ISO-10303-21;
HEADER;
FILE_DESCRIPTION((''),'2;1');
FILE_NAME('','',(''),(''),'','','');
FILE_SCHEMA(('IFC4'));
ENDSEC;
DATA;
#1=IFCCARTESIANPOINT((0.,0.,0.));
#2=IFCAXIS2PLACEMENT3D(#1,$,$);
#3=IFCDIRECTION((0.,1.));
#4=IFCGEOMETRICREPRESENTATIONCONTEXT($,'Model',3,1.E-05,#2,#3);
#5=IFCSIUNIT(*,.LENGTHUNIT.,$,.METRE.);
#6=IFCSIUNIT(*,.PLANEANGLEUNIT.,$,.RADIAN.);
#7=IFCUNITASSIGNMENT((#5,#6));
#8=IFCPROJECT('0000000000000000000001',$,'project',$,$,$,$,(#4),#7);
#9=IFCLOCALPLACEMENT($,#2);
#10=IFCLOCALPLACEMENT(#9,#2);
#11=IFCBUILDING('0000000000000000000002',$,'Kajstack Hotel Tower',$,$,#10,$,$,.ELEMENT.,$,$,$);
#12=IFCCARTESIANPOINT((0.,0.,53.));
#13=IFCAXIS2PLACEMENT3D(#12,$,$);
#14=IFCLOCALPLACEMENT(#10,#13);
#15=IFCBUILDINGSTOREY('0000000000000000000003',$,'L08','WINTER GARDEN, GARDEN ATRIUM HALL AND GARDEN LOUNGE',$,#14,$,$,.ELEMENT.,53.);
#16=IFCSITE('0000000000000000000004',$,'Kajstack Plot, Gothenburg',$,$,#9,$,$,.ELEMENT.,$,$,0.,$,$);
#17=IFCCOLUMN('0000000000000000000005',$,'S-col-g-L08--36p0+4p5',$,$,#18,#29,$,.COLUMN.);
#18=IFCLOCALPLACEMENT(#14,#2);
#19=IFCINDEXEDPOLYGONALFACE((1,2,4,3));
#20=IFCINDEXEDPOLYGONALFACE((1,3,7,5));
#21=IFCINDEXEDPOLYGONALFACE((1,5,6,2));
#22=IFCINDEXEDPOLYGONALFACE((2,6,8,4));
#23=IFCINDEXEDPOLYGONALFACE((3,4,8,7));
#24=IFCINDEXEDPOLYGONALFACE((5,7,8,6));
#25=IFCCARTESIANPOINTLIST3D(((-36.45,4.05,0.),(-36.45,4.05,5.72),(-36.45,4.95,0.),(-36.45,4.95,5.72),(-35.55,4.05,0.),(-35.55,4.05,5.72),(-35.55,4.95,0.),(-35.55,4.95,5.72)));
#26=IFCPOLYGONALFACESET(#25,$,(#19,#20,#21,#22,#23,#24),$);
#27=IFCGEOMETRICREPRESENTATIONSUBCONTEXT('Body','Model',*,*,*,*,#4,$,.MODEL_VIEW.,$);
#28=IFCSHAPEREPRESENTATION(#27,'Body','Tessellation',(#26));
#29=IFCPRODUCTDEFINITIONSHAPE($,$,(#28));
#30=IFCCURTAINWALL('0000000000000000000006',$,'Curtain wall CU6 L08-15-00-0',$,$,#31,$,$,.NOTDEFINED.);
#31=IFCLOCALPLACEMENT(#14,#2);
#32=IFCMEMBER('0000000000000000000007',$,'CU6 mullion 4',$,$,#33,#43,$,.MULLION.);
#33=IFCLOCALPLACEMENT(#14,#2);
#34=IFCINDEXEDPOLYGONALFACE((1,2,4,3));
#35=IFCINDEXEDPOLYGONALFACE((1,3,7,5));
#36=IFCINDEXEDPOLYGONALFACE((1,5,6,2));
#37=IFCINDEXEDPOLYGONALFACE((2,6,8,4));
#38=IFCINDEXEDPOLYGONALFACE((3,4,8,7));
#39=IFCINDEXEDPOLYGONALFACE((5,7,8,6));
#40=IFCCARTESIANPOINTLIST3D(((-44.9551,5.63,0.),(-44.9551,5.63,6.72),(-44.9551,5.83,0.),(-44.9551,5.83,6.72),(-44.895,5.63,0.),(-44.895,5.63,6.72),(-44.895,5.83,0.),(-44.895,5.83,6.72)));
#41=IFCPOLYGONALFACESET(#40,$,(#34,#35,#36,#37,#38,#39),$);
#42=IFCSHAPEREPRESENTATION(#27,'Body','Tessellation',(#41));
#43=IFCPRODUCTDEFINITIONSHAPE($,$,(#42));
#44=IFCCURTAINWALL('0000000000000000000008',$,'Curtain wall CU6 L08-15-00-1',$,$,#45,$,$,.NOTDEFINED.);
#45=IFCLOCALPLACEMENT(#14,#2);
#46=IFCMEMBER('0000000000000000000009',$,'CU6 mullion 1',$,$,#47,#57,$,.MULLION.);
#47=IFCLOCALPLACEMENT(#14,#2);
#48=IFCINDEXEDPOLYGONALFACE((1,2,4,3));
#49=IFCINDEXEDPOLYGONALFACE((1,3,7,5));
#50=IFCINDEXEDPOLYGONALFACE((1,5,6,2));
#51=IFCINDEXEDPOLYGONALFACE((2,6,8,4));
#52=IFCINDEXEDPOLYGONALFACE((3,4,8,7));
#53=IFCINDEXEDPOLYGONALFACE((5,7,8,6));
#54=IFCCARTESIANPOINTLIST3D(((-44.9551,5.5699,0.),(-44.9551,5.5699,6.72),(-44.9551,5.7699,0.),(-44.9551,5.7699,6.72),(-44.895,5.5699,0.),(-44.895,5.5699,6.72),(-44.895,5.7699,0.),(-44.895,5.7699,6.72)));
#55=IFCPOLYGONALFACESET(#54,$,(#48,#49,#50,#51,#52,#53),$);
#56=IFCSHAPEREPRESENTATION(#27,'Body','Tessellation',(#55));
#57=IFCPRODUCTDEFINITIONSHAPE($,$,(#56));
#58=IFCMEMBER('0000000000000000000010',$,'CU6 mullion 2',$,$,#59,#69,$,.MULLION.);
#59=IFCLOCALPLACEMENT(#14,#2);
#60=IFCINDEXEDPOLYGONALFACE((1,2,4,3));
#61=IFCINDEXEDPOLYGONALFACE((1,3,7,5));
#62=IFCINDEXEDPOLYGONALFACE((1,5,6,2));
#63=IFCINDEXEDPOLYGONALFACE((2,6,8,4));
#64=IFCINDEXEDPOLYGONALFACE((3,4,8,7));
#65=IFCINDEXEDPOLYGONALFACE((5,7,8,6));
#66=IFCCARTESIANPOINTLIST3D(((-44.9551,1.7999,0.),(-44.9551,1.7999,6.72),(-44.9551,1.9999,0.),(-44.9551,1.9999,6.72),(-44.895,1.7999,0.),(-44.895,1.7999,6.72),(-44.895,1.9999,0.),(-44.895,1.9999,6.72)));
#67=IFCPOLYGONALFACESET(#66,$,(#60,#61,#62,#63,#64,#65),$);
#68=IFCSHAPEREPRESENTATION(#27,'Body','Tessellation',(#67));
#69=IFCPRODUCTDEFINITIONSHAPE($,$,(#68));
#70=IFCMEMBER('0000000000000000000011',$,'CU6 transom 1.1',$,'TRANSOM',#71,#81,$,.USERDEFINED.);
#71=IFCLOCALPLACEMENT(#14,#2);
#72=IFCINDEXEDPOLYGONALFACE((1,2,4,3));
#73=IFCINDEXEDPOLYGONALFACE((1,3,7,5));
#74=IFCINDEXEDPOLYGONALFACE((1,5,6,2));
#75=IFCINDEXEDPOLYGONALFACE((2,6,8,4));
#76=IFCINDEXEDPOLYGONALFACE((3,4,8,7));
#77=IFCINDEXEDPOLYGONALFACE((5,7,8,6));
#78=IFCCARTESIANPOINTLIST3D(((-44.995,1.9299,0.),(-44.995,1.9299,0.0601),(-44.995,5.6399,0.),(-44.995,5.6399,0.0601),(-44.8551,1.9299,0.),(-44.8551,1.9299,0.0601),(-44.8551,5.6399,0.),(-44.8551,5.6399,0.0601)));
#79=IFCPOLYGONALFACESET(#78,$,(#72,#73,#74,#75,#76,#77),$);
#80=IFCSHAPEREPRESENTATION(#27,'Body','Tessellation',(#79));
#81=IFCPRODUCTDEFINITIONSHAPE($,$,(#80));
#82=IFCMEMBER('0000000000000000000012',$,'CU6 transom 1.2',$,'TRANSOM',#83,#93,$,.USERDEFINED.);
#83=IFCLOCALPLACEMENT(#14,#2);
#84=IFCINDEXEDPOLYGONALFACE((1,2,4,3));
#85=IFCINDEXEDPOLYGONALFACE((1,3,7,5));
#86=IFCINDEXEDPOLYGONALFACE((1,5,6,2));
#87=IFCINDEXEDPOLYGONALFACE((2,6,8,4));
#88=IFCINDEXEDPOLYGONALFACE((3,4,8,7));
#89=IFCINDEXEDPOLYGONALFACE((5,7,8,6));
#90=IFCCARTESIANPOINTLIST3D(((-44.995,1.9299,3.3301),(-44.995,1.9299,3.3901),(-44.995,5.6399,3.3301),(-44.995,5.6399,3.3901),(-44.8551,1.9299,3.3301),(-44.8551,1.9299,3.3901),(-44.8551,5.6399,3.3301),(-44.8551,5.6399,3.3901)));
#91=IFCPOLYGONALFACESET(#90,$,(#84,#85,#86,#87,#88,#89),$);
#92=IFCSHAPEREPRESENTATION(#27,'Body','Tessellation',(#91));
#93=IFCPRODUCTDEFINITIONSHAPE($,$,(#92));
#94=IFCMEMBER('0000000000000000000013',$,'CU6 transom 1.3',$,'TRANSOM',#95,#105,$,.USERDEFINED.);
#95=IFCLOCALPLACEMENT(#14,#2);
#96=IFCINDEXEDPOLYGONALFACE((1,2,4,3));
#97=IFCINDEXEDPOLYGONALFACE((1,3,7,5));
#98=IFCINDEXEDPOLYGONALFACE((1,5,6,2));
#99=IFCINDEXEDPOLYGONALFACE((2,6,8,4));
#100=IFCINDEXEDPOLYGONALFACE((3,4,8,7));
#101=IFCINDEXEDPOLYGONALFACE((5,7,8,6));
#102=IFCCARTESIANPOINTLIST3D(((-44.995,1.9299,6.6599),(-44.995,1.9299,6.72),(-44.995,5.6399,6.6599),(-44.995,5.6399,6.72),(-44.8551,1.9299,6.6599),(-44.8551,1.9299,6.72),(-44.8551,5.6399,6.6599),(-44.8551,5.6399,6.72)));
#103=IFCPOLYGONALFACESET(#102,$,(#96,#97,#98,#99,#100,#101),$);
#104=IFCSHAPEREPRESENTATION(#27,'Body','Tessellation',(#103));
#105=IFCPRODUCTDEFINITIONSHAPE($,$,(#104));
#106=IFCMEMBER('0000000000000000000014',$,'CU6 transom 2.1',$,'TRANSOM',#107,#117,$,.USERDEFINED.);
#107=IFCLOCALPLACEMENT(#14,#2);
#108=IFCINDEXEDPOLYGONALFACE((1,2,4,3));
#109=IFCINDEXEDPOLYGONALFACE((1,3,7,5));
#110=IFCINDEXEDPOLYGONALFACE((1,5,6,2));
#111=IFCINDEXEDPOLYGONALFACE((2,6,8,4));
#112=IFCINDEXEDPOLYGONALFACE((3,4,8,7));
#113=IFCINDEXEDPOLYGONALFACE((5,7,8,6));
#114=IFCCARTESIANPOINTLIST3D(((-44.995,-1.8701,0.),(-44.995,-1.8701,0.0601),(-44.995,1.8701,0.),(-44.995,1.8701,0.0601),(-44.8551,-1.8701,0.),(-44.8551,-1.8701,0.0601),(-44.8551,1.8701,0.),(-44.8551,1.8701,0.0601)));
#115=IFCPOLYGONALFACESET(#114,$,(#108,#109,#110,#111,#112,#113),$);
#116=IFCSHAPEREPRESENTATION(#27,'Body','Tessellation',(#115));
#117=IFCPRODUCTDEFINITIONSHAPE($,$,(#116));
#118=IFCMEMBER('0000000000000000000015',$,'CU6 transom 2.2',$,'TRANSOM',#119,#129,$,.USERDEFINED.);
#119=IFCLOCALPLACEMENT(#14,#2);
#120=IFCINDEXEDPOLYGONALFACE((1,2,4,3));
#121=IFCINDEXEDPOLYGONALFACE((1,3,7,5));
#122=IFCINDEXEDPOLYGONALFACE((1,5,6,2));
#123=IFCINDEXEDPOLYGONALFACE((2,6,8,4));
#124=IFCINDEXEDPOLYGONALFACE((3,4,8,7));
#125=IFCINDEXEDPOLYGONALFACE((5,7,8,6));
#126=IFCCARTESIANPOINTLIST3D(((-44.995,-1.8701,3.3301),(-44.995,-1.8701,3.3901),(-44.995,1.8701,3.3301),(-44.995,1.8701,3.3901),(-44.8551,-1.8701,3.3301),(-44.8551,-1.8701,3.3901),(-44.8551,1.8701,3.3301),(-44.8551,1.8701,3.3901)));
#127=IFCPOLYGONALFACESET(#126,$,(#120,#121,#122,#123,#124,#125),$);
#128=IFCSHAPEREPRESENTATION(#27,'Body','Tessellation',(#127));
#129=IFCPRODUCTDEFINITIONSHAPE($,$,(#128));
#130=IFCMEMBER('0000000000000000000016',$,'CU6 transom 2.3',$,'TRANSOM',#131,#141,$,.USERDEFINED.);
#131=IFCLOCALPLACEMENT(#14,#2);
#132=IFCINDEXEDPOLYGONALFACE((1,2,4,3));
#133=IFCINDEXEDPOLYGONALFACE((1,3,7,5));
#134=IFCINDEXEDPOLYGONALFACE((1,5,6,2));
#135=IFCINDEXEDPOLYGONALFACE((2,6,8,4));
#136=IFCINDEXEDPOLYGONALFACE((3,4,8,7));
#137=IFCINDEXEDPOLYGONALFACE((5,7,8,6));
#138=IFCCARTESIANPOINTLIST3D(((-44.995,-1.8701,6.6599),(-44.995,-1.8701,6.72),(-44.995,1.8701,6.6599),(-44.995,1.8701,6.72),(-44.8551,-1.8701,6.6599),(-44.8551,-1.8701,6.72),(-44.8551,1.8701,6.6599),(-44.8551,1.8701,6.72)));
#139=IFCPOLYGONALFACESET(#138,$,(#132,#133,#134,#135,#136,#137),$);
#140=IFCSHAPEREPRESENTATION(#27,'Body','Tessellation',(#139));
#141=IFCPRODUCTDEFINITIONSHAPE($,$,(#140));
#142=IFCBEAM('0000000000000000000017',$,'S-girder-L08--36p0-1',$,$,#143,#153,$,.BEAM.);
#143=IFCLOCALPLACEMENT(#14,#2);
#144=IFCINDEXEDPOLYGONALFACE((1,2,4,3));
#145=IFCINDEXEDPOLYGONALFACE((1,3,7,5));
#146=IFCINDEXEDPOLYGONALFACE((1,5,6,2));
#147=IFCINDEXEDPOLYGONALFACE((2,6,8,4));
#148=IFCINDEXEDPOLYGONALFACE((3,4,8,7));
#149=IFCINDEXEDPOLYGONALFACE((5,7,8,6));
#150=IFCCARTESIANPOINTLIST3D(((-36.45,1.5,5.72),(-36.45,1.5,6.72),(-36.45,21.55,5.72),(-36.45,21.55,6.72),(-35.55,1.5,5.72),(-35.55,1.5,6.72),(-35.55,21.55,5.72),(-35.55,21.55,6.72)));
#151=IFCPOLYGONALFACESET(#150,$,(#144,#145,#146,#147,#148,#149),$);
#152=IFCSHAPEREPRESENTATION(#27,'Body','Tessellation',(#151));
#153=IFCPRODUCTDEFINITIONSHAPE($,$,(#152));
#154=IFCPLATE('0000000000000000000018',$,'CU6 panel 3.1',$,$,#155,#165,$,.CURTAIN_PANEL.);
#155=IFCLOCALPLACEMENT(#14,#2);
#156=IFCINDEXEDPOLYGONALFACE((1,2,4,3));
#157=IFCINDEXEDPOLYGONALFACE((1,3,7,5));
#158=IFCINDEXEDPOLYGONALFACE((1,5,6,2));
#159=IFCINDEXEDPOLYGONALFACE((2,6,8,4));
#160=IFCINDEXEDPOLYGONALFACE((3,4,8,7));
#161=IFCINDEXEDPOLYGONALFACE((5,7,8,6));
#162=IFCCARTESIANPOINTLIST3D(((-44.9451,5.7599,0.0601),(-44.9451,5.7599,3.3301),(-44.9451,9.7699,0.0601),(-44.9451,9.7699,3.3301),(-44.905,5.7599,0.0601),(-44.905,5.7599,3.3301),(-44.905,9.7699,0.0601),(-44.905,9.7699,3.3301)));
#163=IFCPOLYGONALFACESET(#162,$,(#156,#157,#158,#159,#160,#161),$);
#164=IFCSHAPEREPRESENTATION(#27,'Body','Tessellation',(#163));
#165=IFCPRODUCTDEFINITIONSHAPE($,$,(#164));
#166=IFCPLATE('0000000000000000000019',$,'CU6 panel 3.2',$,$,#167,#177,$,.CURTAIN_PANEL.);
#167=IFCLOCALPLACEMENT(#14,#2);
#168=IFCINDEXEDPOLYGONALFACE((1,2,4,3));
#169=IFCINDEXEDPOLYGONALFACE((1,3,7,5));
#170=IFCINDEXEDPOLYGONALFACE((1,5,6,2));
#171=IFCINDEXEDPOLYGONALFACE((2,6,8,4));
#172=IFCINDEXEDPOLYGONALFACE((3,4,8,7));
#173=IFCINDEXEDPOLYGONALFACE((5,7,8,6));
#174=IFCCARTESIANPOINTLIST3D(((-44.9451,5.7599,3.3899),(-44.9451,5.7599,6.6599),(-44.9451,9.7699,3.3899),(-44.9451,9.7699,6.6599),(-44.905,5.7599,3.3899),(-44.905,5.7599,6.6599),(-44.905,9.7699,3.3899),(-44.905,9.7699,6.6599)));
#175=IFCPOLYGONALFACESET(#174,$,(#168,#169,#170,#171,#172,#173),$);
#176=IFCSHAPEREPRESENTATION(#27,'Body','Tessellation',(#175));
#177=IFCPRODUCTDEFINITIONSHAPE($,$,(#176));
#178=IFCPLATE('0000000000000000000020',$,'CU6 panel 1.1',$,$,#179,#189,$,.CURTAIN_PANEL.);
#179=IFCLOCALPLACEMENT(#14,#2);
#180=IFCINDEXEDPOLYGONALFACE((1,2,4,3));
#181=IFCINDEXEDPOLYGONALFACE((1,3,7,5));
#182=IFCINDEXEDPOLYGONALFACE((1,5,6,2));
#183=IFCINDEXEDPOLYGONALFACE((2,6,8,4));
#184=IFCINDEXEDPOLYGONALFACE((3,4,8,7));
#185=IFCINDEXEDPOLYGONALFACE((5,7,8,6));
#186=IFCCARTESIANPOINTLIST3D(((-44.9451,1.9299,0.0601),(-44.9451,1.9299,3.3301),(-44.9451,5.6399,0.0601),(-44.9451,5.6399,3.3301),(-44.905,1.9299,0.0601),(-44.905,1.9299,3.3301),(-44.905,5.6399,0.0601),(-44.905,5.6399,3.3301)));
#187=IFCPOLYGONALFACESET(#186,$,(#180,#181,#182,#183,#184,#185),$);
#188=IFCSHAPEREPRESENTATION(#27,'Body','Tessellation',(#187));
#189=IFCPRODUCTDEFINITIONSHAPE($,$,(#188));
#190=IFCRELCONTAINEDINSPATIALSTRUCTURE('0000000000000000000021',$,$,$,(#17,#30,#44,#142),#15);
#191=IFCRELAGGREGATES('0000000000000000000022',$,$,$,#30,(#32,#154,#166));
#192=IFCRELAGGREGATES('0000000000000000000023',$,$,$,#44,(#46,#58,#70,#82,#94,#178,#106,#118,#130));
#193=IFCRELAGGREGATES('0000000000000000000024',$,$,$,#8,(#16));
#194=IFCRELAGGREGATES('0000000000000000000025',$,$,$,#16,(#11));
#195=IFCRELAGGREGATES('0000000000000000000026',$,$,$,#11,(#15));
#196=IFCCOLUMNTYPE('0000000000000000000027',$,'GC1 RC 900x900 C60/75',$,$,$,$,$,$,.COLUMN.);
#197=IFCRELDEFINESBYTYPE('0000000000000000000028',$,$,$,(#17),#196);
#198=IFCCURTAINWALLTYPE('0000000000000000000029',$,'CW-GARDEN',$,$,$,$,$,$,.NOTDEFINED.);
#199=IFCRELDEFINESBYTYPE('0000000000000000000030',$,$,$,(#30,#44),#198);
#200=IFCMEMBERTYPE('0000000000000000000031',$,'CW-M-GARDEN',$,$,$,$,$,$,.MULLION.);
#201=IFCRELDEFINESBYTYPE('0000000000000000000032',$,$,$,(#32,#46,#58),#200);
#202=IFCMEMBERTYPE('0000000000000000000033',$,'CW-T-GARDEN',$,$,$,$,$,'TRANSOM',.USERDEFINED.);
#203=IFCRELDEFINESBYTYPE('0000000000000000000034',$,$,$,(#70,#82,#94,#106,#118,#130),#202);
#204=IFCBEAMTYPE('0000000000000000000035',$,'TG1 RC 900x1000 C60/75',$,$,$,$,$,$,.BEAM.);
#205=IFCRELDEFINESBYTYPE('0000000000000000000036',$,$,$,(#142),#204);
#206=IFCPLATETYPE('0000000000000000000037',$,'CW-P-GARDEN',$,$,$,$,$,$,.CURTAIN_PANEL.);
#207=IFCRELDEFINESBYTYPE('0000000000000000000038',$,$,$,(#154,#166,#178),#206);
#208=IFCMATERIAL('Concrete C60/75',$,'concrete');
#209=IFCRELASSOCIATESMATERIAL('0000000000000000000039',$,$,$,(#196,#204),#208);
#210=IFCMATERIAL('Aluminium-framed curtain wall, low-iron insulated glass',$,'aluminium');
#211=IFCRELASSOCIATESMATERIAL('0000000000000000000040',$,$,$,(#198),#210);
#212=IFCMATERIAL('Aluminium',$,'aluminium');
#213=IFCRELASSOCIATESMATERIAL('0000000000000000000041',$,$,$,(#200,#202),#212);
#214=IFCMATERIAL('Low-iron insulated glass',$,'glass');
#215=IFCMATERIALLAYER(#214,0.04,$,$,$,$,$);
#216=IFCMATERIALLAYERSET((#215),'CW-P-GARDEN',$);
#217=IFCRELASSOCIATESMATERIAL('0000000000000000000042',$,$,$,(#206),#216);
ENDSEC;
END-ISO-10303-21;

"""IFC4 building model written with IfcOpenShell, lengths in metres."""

from ifc_helpers import new_model, si_unit, direction, frame, origin, origin_2d, place, context, subcontext, project, spatial, rectangle, extrude, material, layer, layer_set, material_profile, profile_set, type_object, element, aggregate, save


model = new_model("IFC4")

# Units and contexts
model_context = context("Model", 3, precision=1e-05, world=origin(), true_north=direction((0.0, 1.0)))
body_context = subcontext(model_context, "Body", "Model", "MODEL_VIEW")
ifc_project = project(units=[si_unit("LENGTHUNIT", "METRE"), si_unit("PLANEANGLEUNIT", "RADIAN")], contexts=[model_context])

# Site, building, storey
site_placement = place(None, origin())
site = spatial("IfcSite", under=ifc_project, at=site_placement, Name="Kajstack Plot, Gothenburg", CompositionType="ELEMENT", RefElevation=0.0)
building_placement = place(site_placement, origin())
building = spatial("IfcBuilding", under=site, at=building_placement, Name="Kajstack Hotel Tower", CompositionType="ELEMENT")
storey_placement = place(building_placement, frame((0.0, 0.0, 53.0)))
storey = spatial("IfcBuildingStorey", under=building, at=storey_placement, Name="L08", Description="WINTER GARDEN, GARDEN ATRIUM HALL AND GARDEN LOUNGE", CompositionType="ELEMENT", Elevation=53.0)

# Column
ifc_material_1 = material(Name="Concrete C60/75", Category="concrete")
ifc_material_profile_1 = material_profile(ifc_material_1, rectangle(XDim=0.8999, YDim=0.8999, at=origin_2d()), Name="RC 900x900")
ifc_profile_set_1 = profile_set([ifc_material_profile_1], Name="Concrete C60/75")
column_type = type_object("IfcColumnType", Name="GC1 RC 900x900 C60/75", PredefinedType="COLUMN", material=ifc_profile_set_1)
column_placement = place(storey_placement, frame((-36.0, 4.5, 0.0), z_axis=(0.0, 0.0, 1.0), x_axis=(1.0, 0.0, 0.0)))
element("IfcColumn", 1, at=column_placement, inside=storey, type_object=column_type, Name="S-col-g-L08--36p0+4p5", PredefinedType="COLUMN", context=body_context, shape_type="SweptSolid", body=[
    extrude(rectangle(XDim=0.8999, YDim=0.8999, at=origin_2d()), origin(), (0.0, 0.0, 1.0), 5.72),
])

# Curtain wall, member
ifc_material_2 = material(Name="Aluminium-framed curtain wall, low-iron insulated glass", Category="aluminium")
curtain_wall_type = type_object("IfcCurtainWallType", Name="CW-GARDEN", PredefinedType="NOTDEFINED", material=ifc_material_2)
curtain_wall_1_placement = place(storey_placement, origin())
curtain_wall_1 = element("IfcCurtainWall", 2, at=curtain_wall_1_placement, inside=storey, type_object=curtain_wall_type, Name="Curtain wall CU6 L08-15-00-0", PredefinedType="NOTDEFINED")
ifc_material_3 = material(Name="Aluminium", Category="aluminium")
ifc_material_profile_2 = material_profile(ifc_material_3, rectangle(XDim=0.0601, YDim=0.2, at=origin_2d()), Name="Aluminium mullion 60 x 200")
ifc_profile_set_2 = profile_set([ifc_material_profile_2], Name="Aluminium")
member_type_1 = type_object("IfcMemberType", Name="CW-M-GARDEN", PredefinedType="MULLION", material=ifc_profile_set_2)
member_1_placement = place(storey_placement, frame((-44.925, 5.73, 0.0), z_axis=(0.0, 0.0, 1.0), x_axis=(1.0, 0.0, 0.0)))
member_1 = element("IfcMember", 3, at=member_1_placement, type_object=member_type_1, Name="CU6 mullion 4", PredefinedType="MULLION", context=body_context, shape_type="SweptSolid", body=[
    extrude(rectangle(XDim=0.0601, YDim=0.2, at=origin_2d()), origin(), (0.0, 0.0, 1.0), 6.72),
])

# Curtain wall, members
curtain_wall_2_placement = place(storey_placement, origin())
curtain_wall_2 = element("IfcCurtainWall", 4, at=curtain_wall_2_placement, inside=storey, type_object=curtain_wall_type, Name="Curtain wall CU6 L08-15-00-1", PredefinedType="NOTDEFINED")
member_2_placement = place(storey_placement, frame((-44.925, 5.6699, 0.0), z_axis=(0.0, 0.0, 1.0), x_axis=(1.0, 0.0, 0.0)))
member_2 = element("IfcMember", 5, at=member_2_placement, type_object=member_type_1, Name="CU6 mullion 1", PredefinedType="MULLION", context=body_context, shape_type="SweptSolid", body=[
    extrude(rectangle(XDim=0.0601, YDim=0.2, at=origin_2d()), origin(), (0.0, 0.0, 1.0), 6.72),
])
member_3_placement = place(storey_placement, frame((-44.925, 1.8999, 0.0), z_axis=(0.0, 0.0, 1.0), x_axis=(1.0, 0.0, 0.0)))
member_3 = element("IfcMember", 6, at=member_3_placement, type_object=member_type_1, Name="CU6 mullion 2", PredefinedType="MULLION", context=body_context, shape_type="SweptSolid", body=[
    extrude(rectangle(XDim=0.0601, YDim=0.2, at=origin_2d()), origin(), (0.0, 0.0, 1.0), 6.72),
])
ifc_material_profile_3 = material_profile(ifc_material_3, rectangle(XDim=0.1399, YDim=0.0601, at=origin_2d()), Name="Aluminium transom 140 x 60")
ifc_profile_set_3 = profile_set([ifc_material_profile_3], Name="Aluminium")
member_type_2 = type_object("IfcMemberType", Name="CW-T-GARDEN", ElementType="TRANSOM", PredefinedType="USERDEFINED", material=ifc_profile_set_3)
member_4_placement = place(storey_placement, frame((-44.925, 5.6399, 0.03), z_axis=(0.0, -1.0, 0.0), x_axis=(1.0, 0.0, 0.0)))
member_4 = element("IfcMember", 7, at=member_4_placement, type_object=member_type_2, Name="CU6 transom 1.1", ObjectType="TRANSOM", PredefinedType="USERDEFINED", context=body_context, shape_type="SweptSolid", body=[
    extrude(rectangle(XDim=0.1399, YDim=0.0601, at=origin_2d()), origin(), (0.0, 0.0, 1.0), 3.71),
])
member_5_placement = place(storey_placement, frame((-44.925, 5.6399, 3.3601), z_axis=(0.0, -1.0, 0.0), x_axis=(1.0, 0.0, 0.0)))
member_5 = element("IfcMember", 8, at=member_5_placement, type_object=member_type_2, Name="CU6 transom 1.2", ObjectType="TRANSOM", PredefinedType="USERDEFINED", context=body_context, shape_type="SweptSolid", body=[
    extrude(rectangle(XDim=0.1399, YDim=0.0601, at=origin_2d()), origin(), (0.0, 0.0, 1.0), 3.71),
])
member_6_placement = place(storey_placement, frame((-44.925, 5.6399, 6.6899), z_axis=(0.0, -1.0, 0.0), x_axis=(1.0, 0.0, 0.0)))
member_6 = element("IfcMember", 9, at=member_6_placement, type_object=member_type_2, Name="CU6 transom 1.3", ObjectType="TRANSOM", PredefinedType="USERDEFINED", context=body_context, shape_type="SweptSolid", body=[
    extrude(rectangle(XDim=0.1399, YDim=0.0601, at=origin_2d()), origin(), (0.0, 0.0, 1.0), 3.71),
])
member_7_placement = place(storey_placement, frame((-44.925, 1.8701, 0.03), z_axis=(0.0, -1.0, 0.0), x_axis=(1.0, 0.0, 0.0)))
member_7 = element("IfcMember", 10, at=member_7_placement, type_object=member_type_2, Name="CU6 transom 2.1", ObjectType="TRANSOM", PredefinedType="USERDEFINED", context=body_context, shape_type="SweptSolid", body=[
    extrude(rectangle(XDim=0.1399, YDim=0.0601, at=origin_2d()), origin(), (0.0, 0.0, 1.0), 3.7402),
])
member_8_placement = place(storey_placement, frame((-44.925, 1.8701, 3.3601), z_axis=(0.0, -1.0, 0.0), x_axis=(1.0, 0.0, 0.0)))
member_8 = element("IfcMember", 11, at=member_8_placement, type_object=member_type_2, Name="CU6 transom 2.2", ObjectType="TRANSOM", PredefinedType="USERDEFINED", context=body_context, shape_type="SweptSolid", body=[
    extrude(rectangle(XDim=0.1399, YDim=0.0601, at=origin_2d()), origin(), (0.0, 0.0, 1.0), 3.7402),
])
member_9_placement = place(storey_placement, frame((-44.925, 1.8701, 6.6899), z_axis=(0.0, -1.0, 0.0), x_axis=(1.0, 0.0, 0.0)))
member_9 = element("IfcMember", 12, at=member_9_placement, type_object=member_type_2, Name="CU6 transom 2.3", ObjectType="TRANSOM", PredefinedType="USERDEFINED", context=body_context, shape_type="SweptSolid", body=[
    extrude(rectangle(XDim=0.1399, YDim=0.0601, at=origin_2d()), origin(), (0.0, 0.0, 1.0), 3.7402),
])

# Beam
ifc_material_profile_4 = material_profile(ifc_material_1, rectangle(XDim=0.8999, YDim=1.0, at=origin_2d()), Name="RC 900x1000")
ifc_profile_set_4 = profile_set([ifc_material_profile_4], Name="Concrete C60/75")
beam_type = type_object("IfcBeamType", Name="TG1 RC 900x1000 C60/75", PredefinedType="BEAM", material=ifc_profile_set_4)
beam_placement = place(storey_placement, frame((-36.0, 1.5, 6.22), z_axis=(0.0, 1.0, 0.0), x_axis=(-1.0, 0.0, 0.0)))
element("IfcBeam", 13, at=beam_placement, inside=storey, type_object=beam_type, Name="S-girder-L08--36p0-1", PredefinedType="BEAM", context=body_context, shape_type="SweptSolid", body=[
    extrude(rectangle(XDim=0.8999, YDim=1.0, at=origin_2d()), origin(), (0.0, 0.0, 1.0), 20.05),
])

# Plates
ifc_material_4 = material(Name="Low-iron insulated glass", Category="glass")
ifc_layer_1 = layer(ifc_material_4, 0.04)
ifc_layer_set_1 = layer_set([ifc_layer_1], Name="CW-P-GARDEN")
plate_type = type_object("IfcPlateType", Name="CW-P-GARDEN", PredefinedType="CURTAIN_PANEL", material=ifc_layer_set_1)
plate_1_placement = place(storey_placement, frame((-44.925, 7.7649, 0.0601), z_axis=(0.0, 0.0, 1.0), x_axis=(0.0, -1.0, 0.0)))
plate_1 = element("IfcPlate", 14, at=plate_1_placement, type_object=plate_type, Name="CU6 panel 3.1", PredefinedType="CURTAIN_PANEL", context=body_context, shape_type="SweptSolid", body=[
    extrude(rectangle(XDim=4.01, YDim=0.04, at=origin_2d()), origin(), (0.0, 0.0, 1.0), 3.27),
])
plate_2_placement = place(storey_placement, frame((-44.925, 7.7649, 3.3899), z_axis=(0.0, 0.0, 1.0), x_axis=(0.0, -1.0, 0.0)))
plate_2 = element("IfcPlate", 15, at=plate_2_placement, type_object=plate_type, Name="CU6 panel 3.2", PredefinedType="CURTAIN_PANEL", context=body_context, shape_type="SweptSolid", body=[
    extrude(rectangle(XDim=4.01, YDim=0.04, at=origin_2d()), origin(), (0.0, 0.0, 1.0), 3.27),
])
aggregate(curtain_wall_1, [member_1, plate_1, plate_2])
plate_3_placement = place(storey_placement, frame((-44.925, 3.7849, 0.0601), z_axis=(0.0, 0.0, 1.0), x_axis=(0.0, -1.0, 0.0)))
plate_3 = element("IfcPlate", 16, at=plate_3_placement, type_object=plate_type, Name="CU6 panel 1.1", PredefinedType="CURTAIN_PANEL", context=body_context, shape_type="SweptSolid", body=[
    extrude(rectangle(XDim=3.71, YDim=0.04, at=origin_2d()), origin(), (0.0, 0.0, 1.0), 3.27),
])
aggregate(curtain_wall_2, [member_2, member_3, member_4, member_5, member_6, plate_3, member_7, member_8, member_9])

save(model, "model.ifc")
